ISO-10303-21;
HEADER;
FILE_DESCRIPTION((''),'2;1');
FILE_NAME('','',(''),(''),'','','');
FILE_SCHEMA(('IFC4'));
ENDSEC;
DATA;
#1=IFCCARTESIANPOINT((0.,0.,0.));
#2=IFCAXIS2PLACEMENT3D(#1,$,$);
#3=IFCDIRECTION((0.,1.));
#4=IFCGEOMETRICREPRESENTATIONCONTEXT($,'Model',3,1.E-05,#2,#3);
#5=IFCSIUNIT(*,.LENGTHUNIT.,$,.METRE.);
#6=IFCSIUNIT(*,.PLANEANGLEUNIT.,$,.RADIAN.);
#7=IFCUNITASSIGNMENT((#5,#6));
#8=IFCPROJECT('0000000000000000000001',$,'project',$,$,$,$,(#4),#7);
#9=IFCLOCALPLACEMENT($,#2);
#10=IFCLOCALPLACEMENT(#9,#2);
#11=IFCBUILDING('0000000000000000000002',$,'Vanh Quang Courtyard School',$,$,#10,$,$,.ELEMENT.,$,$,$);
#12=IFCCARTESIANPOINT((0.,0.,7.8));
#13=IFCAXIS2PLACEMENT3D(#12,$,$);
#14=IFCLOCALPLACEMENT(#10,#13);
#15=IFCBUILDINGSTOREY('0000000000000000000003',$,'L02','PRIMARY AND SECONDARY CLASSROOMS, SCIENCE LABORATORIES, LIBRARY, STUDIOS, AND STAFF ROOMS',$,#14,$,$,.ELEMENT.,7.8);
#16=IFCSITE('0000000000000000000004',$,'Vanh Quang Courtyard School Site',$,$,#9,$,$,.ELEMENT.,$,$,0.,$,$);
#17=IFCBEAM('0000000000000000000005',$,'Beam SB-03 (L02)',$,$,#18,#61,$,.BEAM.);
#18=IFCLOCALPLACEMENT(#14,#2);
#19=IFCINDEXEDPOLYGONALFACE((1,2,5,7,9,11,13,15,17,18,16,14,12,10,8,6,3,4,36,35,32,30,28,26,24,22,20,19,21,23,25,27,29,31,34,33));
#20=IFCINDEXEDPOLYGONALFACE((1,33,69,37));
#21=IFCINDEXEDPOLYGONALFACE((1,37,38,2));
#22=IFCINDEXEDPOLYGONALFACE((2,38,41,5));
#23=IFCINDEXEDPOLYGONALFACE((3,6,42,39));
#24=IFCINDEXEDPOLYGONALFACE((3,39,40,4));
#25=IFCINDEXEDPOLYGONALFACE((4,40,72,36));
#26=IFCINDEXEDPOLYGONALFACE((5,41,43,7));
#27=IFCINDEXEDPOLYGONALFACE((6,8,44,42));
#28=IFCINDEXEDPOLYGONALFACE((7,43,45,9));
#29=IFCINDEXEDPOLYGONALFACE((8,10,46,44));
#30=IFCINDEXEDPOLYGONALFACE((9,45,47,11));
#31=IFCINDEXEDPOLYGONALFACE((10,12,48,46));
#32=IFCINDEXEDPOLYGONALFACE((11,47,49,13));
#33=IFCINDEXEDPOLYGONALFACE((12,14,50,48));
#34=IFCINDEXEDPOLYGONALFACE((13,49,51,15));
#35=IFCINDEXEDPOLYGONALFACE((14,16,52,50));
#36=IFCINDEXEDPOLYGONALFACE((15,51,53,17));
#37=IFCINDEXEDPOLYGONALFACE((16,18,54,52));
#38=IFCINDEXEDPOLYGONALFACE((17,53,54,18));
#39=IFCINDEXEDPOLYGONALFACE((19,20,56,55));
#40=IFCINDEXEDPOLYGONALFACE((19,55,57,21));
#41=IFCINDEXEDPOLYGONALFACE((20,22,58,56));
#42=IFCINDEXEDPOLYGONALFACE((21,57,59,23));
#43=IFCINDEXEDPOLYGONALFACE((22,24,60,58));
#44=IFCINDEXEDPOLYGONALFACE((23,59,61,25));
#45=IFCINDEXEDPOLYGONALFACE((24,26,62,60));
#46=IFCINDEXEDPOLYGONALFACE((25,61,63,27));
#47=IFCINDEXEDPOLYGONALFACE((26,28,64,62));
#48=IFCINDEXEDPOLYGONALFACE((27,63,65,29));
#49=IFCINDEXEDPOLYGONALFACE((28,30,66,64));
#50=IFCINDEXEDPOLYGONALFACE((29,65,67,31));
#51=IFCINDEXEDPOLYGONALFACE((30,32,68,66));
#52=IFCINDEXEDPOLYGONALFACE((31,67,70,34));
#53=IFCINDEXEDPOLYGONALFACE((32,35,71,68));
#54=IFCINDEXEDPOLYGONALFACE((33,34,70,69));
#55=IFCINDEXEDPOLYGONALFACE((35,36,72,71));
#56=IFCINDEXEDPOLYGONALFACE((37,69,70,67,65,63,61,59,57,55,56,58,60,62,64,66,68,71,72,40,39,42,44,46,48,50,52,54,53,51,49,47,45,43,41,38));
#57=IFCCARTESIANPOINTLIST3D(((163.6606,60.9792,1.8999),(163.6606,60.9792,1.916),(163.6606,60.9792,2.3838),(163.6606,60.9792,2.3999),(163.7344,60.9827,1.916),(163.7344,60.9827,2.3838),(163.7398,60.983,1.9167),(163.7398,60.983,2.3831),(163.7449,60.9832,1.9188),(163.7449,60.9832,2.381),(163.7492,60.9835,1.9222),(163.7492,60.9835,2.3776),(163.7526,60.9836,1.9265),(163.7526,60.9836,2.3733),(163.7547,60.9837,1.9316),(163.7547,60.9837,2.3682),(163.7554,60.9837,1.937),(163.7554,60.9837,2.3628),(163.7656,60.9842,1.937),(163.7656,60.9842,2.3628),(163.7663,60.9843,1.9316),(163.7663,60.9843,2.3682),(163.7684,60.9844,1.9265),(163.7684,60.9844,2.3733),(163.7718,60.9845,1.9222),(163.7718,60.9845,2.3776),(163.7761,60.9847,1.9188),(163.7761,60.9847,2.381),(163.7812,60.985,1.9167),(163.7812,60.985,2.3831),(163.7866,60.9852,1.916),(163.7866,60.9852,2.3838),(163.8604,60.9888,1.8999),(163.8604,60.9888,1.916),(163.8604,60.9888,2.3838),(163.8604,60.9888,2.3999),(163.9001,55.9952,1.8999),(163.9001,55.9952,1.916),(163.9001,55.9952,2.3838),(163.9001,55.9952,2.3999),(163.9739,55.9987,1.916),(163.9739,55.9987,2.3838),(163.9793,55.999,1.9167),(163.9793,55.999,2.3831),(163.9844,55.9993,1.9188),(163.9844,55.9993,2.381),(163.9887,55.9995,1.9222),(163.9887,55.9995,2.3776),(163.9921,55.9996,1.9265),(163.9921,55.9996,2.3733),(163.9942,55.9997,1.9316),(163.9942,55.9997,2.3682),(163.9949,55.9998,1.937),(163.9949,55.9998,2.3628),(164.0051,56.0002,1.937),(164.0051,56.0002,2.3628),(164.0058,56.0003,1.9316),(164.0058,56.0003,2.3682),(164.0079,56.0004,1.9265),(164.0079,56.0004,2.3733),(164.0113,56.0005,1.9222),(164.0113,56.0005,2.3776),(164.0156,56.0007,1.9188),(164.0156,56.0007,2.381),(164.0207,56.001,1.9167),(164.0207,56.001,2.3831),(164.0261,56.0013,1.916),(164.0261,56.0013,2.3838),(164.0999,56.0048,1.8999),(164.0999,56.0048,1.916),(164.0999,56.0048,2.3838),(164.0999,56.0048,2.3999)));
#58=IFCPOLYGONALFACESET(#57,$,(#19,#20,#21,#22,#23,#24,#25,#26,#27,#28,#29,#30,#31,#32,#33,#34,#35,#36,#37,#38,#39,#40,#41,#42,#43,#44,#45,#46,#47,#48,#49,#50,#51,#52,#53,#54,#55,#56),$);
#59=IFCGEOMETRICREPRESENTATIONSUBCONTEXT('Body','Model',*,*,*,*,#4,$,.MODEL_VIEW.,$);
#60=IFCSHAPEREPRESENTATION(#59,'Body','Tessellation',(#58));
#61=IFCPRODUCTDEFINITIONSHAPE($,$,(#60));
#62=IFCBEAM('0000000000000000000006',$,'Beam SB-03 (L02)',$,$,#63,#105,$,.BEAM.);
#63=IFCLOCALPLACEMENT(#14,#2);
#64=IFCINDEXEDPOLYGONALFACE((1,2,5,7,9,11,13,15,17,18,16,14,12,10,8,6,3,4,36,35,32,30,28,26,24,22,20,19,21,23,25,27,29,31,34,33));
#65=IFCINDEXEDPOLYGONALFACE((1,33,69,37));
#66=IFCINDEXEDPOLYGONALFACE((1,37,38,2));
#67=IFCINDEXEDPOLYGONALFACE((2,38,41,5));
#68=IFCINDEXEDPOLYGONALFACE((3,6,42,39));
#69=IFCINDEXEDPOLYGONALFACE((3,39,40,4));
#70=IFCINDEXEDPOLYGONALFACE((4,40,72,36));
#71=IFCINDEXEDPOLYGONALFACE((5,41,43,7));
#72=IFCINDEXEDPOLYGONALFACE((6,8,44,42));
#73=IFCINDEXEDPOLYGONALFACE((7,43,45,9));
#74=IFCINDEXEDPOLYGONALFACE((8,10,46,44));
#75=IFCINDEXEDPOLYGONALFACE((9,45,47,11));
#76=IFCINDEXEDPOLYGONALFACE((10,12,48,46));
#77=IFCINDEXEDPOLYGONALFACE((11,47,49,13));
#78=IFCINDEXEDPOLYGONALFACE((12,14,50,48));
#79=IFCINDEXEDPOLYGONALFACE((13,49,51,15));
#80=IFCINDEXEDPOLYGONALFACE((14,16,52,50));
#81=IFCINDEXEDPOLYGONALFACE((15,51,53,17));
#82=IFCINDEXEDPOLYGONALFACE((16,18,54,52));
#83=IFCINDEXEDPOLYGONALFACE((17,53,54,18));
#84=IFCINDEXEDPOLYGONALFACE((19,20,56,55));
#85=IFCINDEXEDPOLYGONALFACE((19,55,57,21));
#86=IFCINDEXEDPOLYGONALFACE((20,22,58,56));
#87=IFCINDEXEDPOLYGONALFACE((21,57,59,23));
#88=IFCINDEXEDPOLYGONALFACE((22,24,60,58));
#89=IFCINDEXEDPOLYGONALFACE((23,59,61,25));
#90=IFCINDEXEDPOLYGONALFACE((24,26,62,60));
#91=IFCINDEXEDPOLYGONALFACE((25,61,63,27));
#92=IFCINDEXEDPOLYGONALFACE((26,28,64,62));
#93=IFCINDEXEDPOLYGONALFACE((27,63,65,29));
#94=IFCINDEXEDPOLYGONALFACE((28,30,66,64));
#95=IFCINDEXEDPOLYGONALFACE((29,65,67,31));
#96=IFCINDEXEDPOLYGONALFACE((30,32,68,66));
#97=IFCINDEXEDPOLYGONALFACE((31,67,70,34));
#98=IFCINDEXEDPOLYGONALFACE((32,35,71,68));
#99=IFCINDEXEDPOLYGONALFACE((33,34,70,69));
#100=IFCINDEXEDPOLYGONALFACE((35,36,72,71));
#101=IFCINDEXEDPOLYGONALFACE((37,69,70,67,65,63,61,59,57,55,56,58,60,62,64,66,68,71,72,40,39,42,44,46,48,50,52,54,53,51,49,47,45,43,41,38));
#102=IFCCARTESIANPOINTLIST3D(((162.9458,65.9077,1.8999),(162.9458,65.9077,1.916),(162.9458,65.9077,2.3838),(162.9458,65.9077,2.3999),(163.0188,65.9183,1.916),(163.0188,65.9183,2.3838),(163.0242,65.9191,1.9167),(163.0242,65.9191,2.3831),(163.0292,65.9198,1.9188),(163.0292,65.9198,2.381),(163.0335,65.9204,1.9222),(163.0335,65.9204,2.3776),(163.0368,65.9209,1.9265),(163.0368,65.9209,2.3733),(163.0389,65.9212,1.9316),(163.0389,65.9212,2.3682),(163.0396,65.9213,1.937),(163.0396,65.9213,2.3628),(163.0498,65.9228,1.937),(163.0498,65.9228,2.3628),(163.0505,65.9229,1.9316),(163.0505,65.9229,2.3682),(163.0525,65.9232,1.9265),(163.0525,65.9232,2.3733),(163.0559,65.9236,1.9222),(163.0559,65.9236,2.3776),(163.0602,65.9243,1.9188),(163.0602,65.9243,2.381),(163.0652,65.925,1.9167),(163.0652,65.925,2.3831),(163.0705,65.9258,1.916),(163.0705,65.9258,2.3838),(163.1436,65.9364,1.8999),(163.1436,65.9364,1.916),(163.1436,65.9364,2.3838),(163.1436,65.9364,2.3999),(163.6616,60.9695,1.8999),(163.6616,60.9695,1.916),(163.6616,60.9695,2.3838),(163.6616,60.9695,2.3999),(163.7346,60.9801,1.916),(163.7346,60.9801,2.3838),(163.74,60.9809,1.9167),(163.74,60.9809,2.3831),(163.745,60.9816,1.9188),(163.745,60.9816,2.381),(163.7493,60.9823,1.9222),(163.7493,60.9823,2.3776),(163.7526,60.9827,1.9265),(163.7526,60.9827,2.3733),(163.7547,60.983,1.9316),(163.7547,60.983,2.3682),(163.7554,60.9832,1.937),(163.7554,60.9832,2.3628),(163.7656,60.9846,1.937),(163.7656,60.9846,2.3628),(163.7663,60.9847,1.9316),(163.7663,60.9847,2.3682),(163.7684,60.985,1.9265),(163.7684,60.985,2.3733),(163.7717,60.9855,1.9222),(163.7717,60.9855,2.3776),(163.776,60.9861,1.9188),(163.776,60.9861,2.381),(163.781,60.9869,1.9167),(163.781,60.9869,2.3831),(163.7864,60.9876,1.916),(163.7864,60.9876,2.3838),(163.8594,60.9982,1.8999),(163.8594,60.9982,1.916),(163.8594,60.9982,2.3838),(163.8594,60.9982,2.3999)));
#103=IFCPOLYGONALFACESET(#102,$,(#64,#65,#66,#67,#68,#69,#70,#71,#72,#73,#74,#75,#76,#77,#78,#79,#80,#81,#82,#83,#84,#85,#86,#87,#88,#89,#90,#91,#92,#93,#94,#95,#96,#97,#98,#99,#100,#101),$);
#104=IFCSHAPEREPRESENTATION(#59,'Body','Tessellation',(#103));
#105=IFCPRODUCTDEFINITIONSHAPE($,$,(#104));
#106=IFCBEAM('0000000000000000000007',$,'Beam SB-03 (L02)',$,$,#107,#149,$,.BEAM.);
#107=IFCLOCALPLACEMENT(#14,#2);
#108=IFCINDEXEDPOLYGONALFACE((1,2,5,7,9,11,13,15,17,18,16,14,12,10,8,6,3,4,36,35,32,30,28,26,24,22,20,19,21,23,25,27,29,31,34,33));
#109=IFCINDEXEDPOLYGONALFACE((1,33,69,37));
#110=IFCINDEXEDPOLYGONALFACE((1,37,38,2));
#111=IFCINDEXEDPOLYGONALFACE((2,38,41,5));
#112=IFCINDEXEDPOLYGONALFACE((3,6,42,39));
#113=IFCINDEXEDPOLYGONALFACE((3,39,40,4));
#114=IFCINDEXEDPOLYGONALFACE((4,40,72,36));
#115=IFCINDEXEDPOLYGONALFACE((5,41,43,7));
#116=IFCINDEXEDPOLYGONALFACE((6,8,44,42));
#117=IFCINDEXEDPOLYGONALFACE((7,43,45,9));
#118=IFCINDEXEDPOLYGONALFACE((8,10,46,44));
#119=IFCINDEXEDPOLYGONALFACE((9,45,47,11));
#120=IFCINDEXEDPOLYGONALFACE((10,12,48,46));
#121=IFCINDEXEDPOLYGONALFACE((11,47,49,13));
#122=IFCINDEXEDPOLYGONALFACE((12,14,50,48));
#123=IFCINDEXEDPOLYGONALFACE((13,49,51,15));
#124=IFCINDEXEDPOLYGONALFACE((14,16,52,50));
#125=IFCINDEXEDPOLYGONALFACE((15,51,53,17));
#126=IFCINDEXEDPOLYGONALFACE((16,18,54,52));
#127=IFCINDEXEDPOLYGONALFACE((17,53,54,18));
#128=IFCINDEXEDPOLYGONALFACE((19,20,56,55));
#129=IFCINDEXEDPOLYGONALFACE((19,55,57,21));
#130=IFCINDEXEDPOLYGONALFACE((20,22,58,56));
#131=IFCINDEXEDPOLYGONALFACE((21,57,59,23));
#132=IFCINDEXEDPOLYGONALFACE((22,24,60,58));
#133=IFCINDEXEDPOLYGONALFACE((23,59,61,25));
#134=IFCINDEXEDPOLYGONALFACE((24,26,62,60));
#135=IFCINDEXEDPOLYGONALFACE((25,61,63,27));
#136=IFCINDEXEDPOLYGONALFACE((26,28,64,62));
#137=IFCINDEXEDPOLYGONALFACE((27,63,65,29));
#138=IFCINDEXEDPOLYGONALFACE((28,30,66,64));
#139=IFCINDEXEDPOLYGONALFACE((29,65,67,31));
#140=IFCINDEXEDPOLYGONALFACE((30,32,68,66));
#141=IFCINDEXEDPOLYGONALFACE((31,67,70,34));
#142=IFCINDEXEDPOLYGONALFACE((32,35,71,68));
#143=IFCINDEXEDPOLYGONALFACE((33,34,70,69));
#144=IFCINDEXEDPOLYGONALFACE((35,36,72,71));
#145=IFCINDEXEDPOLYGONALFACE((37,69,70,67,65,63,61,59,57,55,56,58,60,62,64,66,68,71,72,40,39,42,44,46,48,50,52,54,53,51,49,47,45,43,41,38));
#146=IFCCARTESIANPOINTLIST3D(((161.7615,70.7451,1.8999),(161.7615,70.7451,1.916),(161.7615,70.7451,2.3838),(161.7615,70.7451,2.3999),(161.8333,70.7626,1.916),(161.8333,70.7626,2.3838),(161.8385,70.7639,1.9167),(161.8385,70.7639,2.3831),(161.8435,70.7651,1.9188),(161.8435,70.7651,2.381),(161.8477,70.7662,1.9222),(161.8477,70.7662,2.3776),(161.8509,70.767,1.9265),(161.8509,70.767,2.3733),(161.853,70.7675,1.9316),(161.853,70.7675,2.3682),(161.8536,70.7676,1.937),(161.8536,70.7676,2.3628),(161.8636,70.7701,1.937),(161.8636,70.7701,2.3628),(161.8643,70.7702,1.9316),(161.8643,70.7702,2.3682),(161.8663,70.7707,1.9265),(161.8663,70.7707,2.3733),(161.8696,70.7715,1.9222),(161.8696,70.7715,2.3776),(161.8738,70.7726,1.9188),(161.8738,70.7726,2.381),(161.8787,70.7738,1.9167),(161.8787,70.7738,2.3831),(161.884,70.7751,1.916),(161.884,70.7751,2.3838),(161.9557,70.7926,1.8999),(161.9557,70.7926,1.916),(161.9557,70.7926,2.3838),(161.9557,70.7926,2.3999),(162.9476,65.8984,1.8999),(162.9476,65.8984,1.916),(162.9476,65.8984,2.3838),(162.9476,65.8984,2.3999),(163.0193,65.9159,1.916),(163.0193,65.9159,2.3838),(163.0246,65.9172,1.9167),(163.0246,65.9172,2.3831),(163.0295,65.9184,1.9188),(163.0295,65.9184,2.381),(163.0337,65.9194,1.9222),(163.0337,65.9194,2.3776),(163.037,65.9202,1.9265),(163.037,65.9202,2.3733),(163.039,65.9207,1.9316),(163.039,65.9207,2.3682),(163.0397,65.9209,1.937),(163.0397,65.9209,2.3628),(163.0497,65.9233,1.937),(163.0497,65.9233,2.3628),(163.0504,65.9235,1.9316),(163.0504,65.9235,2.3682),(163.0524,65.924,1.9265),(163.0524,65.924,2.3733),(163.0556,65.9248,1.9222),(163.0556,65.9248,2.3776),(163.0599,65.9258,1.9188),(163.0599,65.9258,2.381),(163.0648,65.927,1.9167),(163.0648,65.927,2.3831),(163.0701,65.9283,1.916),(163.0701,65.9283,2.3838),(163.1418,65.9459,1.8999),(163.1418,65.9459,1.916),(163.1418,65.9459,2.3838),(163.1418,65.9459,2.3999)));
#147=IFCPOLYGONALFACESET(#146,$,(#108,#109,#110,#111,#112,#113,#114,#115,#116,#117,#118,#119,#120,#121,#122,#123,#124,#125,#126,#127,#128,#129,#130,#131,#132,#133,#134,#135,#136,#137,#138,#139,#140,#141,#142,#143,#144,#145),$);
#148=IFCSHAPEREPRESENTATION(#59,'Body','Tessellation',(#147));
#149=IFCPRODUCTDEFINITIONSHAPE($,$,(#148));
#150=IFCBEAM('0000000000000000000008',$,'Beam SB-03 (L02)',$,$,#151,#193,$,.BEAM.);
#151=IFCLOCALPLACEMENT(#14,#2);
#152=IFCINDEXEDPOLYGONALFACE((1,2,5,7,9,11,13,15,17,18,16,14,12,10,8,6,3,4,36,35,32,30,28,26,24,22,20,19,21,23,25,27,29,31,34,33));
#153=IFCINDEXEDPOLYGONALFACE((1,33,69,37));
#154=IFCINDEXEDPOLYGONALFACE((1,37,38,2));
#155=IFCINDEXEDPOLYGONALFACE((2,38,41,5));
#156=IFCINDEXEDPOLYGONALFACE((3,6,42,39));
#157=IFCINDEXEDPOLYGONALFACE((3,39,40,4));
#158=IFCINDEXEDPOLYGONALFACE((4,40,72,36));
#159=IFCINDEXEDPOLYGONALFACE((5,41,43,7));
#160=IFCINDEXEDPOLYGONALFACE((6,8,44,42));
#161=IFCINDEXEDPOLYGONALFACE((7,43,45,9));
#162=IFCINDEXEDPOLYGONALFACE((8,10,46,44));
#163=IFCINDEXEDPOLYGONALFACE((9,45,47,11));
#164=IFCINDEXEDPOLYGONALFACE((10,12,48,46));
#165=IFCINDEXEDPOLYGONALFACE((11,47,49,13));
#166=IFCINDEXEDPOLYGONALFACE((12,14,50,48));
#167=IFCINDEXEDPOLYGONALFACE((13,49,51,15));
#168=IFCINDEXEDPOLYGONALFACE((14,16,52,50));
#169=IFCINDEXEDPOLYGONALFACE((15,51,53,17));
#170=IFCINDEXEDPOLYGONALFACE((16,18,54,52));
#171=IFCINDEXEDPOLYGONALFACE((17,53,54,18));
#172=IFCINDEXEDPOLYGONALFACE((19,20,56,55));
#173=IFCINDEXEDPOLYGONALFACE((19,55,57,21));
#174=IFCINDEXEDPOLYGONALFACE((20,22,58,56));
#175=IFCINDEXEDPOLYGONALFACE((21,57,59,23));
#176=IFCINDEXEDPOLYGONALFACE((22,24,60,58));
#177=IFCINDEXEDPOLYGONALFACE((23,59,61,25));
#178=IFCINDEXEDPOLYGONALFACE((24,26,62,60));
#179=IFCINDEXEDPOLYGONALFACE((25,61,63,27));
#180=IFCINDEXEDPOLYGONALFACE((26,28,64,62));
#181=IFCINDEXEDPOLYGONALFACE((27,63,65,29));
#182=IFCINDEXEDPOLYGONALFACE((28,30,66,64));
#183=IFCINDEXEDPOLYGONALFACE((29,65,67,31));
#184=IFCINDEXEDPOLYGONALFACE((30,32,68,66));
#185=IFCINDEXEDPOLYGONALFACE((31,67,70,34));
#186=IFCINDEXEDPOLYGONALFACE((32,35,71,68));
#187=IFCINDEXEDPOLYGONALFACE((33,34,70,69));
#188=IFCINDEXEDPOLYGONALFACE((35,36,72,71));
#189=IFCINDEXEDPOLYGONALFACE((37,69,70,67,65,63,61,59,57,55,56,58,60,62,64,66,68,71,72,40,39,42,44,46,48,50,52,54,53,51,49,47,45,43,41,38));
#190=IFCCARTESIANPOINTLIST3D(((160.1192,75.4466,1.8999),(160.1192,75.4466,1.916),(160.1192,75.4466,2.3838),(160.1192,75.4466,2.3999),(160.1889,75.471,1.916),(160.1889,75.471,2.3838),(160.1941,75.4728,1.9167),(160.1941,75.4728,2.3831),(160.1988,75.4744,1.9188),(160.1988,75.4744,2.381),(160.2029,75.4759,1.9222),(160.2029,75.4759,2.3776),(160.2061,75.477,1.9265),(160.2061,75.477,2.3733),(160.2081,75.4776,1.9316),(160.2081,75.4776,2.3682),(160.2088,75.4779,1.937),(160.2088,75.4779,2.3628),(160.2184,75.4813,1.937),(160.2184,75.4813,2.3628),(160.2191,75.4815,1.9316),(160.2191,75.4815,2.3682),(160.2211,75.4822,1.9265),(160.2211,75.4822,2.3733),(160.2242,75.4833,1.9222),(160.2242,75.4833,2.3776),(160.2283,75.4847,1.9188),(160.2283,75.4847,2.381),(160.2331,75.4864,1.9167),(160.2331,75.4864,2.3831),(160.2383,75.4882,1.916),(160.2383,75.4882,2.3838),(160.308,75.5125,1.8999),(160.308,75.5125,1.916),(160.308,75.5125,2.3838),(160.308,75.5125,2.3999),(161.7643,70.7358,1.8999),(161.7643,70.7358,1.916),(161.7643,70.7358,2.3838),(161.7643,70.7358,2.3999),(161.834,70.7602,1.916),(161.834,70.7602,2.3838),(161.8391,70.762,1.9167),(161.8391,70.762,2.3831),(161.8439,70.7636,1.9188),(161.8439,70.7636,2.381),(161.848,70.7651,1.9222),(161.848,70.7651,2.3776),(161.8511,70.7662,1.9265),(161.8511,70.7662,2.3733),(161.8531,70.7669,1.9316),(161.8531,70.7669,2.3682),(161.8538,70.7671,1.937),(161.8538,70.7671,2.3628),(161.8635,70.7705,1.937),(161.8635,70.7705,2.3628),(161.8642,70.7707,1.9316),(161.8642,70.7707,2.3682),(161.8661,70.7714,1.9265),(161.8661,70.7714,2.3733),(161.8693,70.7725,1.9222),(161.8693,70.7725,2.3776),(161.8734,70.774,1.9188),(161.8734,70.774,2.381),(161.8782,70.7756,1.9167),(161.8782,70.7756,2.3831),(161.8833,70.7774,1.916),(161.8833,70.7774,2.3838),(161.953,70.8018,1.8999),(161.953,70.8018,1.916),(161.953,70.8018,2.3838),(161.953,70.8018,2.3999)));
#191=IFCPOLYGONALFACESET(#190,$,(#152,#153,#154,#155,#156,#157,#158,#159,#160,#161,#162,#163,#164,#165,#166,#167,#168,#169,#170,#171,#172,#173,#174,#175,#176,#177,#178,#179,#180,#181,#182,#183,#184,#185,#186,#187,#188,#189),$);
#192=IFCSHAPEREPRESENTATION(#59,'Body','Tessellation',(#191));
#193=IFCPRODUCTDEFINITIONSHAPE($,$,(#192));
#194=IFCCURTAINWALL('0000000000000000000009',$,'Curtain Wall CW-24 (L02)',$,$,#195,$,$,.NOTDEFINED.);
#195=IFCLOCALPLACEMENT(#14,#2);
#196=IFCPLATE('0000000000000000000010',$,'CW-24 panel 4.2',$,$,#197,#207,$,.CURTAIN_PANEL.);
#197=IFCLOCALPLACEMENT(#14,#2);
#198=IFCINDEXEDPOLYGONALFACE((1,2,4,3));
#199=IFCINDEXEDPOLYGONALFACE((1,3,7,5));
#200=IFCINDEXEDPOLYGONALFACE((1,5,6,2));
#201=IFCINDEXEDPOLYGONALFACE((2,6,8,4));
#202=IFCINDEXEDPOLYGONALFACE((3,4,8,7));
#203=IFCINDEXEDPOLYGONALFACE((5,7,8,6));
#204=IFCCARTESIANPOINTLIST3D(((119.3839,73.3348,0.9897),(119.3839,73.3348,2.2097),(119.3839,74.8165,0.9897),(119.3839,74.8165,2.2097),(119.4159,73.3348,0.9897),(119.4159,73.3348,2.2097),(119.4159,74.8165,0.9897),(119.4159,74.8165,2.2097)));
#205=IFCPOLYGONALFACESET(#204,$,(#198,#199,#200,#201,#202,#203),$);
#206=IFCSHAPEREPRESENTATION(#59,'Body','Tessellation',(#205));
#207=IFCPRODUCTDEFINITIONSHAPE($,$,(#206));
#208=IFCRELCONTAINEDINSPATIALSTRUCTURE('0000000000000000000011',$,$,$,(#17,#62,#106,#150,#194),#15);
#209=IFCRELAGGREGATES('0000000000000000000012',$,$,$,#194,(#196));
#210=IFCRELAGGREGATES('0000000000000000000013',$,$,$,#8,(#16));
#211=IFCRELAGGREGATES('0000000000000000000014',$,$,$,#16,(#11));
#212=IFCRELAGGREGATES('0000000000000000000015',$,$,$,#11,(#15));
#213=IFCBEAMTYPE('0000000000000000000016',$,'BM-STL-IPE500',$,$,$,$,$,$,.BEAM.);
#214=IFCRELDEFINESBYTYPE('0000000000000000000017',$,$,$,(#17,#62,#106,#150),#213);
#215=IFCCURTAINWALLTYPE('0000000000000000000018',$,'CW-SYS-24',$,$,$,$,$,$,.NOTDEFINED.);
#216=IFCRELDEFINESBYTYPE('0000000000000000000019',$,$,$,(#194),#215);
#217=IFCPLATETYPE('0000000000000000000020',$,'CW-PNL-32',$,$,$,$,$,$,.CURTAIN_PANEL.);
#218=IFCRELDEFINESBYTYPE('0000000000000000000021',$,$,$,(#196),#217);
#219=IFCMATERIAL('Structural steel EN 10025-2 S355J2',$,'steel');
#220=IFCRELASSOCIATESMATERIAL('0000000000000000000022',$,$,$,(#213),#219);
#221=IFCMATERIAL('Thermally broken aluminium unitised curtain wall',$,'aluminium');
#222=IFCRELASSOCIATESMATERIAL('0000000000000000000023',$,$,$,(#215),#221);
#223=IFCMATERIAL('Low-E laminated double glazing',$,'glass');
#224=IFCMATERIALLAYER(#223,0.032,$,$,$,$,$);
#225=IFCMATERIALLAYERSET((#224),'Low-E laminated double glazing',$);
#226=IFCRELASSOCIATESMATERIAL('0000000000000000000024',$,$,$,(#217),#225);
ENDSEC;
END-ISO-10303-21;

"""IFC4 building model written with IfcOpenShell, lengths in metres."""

from ifc_helpers import new_model, si_unit, direction, frame, origin, origin_2d, place, context, subcontext, project, spatial, rectangle, i_section, extrude, material, layer, layer_set, material_profile, profile_set, type_object, element, aggregate, save


model = new_model("IFC4")

# Units and contexts
model_context = context("Model", 3, precision=1e-05, world=origin(), true_north=direction((0.0, 1.0)))
body_context = subcontext(model_context, "Body", "Model", "MODEL_VIEW")
ifc_project = project(units=[si_unit("LENGTHUNIT", "METRE"), si_unit("PLANEANGLEUNIT", "RADIAN")], contexts=[model_context])

# Site, building, storey
site_placement = place(None, origin())
site = spatial("IfcSite", under=ifc_project, at=site_placement, Name="Vanh Quang Courtyard School Site", CompositionType="ELEMENT", RefElevation=0.0)
building_placement = place(site_placement, origin())
building = spatial("IfcBuilding", under=site, at=building_placement, Name="Vanh Quang Courtyard School", CompositionType="ELEMENT")
storey_placement = place(building_placement, frame((0.0, 0.0, 7.8)))
storey = spatial("IfcBuildingStorey", under=building, at=storey_placement, Name="L02", Description="PRIMARY AND SECONDARY CLASSROOMS, SCIENCE LABORATORIES, LIBRARY, STUDIOS, AND STAFF ROOMS", CompositionType="ELEMENT", Elevation=7.8)

# Beams
ifc_material_1 = material(Name="Structural steel EN 10025-2 S355J2", Category="steel")
ifc_material_profile_1 = material_profile(ifc_material_1, i_section(OverallWidth=0.2, OverallDepth=0.5, WebThickness=0.0103, FlangeThickness=0.0161, FilletRadius=0.021, at=origin_2d()), Name="IPE 500")
ifc_profile_set_1 = profile_set([ifc_material_profile_1], Name="Structural steel EN 10025-2 S355J2")
beam_type_1 = type_object("IfcBeamType", Name="BM-STL-IPE500", PredefinedType="BEAM", material=ifc_profile_set_1)
for number, where, z_axis, x_axis, name in (
    (1, (164.0, 56.0, 2.1499), (-0.048, 0.998847, 0.0), (-0.998847, -0.048, 0.0), "Beam SB-03 (L02)"),
    (2, (163.7605, 60.9839, 2.1499), (-0.143455, 0.989657, 0.0), (-0.989657, -0.143455, 0.0), "Beam SB-03 (L02)"),
    (3, (163.0447, 65.9221, 2.1499), (-0.237697, 0.971339, 0.0), (-0.971339, -0.237697, 0.0), "Beam SB-03 (L02)"),
    (4, (161.8586, 70.7688, 2.1499), (-0.329686, 0.944091, 0.0), (-0.944091, -0.329686, 0.0), "Beam SB-03 (L02)"),
):
    element("IfcBeam", number, at=place(storey_placement, frame(where, z_axis=z_axis, x_axis=x_axis)), inside=storey, type_object=beam_type_1, Name=name, PredefinedType="BEAM", context=body_context, shape_type="SweptSolid", body=[
        extrude(i_section(OverallWidth=0.2, OverallDepth=0.5, WebThickness=0.0103, FlangeThickness=0.0161, FilletRadius=0.021, at=origin_2d()), origin(), (0.0, 0.0, 1.0), 4.9897),
    ])

# Curtain wall, plate
ifc_material_2 = material(Name="Thermally broken aluminium unitised curtain wall", Category="aluminium")
curtain_wall_type = type_object("IfcCurtainWallType", Name="CW-SYS-24", PredefinedType="NOTDEFINED", material=ifc_material_2)
curtain_wall_placement = place(storey_placement, origin())
curtain_wall = element("IfcCurtainWall", 5, at=curtain_wall_placement, inside=storey, type_object=curtain_wall_type, Name="Curtain Wall CW-24 (L02)", PredefinedType="NOTDEFINED")
ifc_material_3 = material(Name="Low-E laminated double glazing", Category="glass")
ifc_layer_1 = layer(ifc_material_3, 0.032)
ifc_layer_set_1 = layer_set([ifc_layer_1], Name="Low-E laminated double glazing")
plate_type = type_object("IfcPlateType", Name="CW-PNL-32", PredefinedType="CURTAIN_PANEL", material=ifc_layer_set_1)
plate_1_placement = place(storey_placement, frame((119.3999, 74.0757, 0.9897), z_axis=(0.0, 0.0, 1.0), x_axis=(0.0, -1.0, 0.0)))
plate_1 = element("IfcPlate", 6, at=plate_1_placement, type_object=plate_type, Name="CW-24 panel 4.2", PredefinedType="CURTAIN_PANEL", context=body_context, shape_type="SweptSolid", body=[
    extrude(rectangle(XDim=1.4817, YDim=0.032, at=origin_2d()), origin(), (0.0, 0.0, 1.0), 1.22),
])
aggregate(curtain_wall, [plate_1])

save(model, "model.ifc")
